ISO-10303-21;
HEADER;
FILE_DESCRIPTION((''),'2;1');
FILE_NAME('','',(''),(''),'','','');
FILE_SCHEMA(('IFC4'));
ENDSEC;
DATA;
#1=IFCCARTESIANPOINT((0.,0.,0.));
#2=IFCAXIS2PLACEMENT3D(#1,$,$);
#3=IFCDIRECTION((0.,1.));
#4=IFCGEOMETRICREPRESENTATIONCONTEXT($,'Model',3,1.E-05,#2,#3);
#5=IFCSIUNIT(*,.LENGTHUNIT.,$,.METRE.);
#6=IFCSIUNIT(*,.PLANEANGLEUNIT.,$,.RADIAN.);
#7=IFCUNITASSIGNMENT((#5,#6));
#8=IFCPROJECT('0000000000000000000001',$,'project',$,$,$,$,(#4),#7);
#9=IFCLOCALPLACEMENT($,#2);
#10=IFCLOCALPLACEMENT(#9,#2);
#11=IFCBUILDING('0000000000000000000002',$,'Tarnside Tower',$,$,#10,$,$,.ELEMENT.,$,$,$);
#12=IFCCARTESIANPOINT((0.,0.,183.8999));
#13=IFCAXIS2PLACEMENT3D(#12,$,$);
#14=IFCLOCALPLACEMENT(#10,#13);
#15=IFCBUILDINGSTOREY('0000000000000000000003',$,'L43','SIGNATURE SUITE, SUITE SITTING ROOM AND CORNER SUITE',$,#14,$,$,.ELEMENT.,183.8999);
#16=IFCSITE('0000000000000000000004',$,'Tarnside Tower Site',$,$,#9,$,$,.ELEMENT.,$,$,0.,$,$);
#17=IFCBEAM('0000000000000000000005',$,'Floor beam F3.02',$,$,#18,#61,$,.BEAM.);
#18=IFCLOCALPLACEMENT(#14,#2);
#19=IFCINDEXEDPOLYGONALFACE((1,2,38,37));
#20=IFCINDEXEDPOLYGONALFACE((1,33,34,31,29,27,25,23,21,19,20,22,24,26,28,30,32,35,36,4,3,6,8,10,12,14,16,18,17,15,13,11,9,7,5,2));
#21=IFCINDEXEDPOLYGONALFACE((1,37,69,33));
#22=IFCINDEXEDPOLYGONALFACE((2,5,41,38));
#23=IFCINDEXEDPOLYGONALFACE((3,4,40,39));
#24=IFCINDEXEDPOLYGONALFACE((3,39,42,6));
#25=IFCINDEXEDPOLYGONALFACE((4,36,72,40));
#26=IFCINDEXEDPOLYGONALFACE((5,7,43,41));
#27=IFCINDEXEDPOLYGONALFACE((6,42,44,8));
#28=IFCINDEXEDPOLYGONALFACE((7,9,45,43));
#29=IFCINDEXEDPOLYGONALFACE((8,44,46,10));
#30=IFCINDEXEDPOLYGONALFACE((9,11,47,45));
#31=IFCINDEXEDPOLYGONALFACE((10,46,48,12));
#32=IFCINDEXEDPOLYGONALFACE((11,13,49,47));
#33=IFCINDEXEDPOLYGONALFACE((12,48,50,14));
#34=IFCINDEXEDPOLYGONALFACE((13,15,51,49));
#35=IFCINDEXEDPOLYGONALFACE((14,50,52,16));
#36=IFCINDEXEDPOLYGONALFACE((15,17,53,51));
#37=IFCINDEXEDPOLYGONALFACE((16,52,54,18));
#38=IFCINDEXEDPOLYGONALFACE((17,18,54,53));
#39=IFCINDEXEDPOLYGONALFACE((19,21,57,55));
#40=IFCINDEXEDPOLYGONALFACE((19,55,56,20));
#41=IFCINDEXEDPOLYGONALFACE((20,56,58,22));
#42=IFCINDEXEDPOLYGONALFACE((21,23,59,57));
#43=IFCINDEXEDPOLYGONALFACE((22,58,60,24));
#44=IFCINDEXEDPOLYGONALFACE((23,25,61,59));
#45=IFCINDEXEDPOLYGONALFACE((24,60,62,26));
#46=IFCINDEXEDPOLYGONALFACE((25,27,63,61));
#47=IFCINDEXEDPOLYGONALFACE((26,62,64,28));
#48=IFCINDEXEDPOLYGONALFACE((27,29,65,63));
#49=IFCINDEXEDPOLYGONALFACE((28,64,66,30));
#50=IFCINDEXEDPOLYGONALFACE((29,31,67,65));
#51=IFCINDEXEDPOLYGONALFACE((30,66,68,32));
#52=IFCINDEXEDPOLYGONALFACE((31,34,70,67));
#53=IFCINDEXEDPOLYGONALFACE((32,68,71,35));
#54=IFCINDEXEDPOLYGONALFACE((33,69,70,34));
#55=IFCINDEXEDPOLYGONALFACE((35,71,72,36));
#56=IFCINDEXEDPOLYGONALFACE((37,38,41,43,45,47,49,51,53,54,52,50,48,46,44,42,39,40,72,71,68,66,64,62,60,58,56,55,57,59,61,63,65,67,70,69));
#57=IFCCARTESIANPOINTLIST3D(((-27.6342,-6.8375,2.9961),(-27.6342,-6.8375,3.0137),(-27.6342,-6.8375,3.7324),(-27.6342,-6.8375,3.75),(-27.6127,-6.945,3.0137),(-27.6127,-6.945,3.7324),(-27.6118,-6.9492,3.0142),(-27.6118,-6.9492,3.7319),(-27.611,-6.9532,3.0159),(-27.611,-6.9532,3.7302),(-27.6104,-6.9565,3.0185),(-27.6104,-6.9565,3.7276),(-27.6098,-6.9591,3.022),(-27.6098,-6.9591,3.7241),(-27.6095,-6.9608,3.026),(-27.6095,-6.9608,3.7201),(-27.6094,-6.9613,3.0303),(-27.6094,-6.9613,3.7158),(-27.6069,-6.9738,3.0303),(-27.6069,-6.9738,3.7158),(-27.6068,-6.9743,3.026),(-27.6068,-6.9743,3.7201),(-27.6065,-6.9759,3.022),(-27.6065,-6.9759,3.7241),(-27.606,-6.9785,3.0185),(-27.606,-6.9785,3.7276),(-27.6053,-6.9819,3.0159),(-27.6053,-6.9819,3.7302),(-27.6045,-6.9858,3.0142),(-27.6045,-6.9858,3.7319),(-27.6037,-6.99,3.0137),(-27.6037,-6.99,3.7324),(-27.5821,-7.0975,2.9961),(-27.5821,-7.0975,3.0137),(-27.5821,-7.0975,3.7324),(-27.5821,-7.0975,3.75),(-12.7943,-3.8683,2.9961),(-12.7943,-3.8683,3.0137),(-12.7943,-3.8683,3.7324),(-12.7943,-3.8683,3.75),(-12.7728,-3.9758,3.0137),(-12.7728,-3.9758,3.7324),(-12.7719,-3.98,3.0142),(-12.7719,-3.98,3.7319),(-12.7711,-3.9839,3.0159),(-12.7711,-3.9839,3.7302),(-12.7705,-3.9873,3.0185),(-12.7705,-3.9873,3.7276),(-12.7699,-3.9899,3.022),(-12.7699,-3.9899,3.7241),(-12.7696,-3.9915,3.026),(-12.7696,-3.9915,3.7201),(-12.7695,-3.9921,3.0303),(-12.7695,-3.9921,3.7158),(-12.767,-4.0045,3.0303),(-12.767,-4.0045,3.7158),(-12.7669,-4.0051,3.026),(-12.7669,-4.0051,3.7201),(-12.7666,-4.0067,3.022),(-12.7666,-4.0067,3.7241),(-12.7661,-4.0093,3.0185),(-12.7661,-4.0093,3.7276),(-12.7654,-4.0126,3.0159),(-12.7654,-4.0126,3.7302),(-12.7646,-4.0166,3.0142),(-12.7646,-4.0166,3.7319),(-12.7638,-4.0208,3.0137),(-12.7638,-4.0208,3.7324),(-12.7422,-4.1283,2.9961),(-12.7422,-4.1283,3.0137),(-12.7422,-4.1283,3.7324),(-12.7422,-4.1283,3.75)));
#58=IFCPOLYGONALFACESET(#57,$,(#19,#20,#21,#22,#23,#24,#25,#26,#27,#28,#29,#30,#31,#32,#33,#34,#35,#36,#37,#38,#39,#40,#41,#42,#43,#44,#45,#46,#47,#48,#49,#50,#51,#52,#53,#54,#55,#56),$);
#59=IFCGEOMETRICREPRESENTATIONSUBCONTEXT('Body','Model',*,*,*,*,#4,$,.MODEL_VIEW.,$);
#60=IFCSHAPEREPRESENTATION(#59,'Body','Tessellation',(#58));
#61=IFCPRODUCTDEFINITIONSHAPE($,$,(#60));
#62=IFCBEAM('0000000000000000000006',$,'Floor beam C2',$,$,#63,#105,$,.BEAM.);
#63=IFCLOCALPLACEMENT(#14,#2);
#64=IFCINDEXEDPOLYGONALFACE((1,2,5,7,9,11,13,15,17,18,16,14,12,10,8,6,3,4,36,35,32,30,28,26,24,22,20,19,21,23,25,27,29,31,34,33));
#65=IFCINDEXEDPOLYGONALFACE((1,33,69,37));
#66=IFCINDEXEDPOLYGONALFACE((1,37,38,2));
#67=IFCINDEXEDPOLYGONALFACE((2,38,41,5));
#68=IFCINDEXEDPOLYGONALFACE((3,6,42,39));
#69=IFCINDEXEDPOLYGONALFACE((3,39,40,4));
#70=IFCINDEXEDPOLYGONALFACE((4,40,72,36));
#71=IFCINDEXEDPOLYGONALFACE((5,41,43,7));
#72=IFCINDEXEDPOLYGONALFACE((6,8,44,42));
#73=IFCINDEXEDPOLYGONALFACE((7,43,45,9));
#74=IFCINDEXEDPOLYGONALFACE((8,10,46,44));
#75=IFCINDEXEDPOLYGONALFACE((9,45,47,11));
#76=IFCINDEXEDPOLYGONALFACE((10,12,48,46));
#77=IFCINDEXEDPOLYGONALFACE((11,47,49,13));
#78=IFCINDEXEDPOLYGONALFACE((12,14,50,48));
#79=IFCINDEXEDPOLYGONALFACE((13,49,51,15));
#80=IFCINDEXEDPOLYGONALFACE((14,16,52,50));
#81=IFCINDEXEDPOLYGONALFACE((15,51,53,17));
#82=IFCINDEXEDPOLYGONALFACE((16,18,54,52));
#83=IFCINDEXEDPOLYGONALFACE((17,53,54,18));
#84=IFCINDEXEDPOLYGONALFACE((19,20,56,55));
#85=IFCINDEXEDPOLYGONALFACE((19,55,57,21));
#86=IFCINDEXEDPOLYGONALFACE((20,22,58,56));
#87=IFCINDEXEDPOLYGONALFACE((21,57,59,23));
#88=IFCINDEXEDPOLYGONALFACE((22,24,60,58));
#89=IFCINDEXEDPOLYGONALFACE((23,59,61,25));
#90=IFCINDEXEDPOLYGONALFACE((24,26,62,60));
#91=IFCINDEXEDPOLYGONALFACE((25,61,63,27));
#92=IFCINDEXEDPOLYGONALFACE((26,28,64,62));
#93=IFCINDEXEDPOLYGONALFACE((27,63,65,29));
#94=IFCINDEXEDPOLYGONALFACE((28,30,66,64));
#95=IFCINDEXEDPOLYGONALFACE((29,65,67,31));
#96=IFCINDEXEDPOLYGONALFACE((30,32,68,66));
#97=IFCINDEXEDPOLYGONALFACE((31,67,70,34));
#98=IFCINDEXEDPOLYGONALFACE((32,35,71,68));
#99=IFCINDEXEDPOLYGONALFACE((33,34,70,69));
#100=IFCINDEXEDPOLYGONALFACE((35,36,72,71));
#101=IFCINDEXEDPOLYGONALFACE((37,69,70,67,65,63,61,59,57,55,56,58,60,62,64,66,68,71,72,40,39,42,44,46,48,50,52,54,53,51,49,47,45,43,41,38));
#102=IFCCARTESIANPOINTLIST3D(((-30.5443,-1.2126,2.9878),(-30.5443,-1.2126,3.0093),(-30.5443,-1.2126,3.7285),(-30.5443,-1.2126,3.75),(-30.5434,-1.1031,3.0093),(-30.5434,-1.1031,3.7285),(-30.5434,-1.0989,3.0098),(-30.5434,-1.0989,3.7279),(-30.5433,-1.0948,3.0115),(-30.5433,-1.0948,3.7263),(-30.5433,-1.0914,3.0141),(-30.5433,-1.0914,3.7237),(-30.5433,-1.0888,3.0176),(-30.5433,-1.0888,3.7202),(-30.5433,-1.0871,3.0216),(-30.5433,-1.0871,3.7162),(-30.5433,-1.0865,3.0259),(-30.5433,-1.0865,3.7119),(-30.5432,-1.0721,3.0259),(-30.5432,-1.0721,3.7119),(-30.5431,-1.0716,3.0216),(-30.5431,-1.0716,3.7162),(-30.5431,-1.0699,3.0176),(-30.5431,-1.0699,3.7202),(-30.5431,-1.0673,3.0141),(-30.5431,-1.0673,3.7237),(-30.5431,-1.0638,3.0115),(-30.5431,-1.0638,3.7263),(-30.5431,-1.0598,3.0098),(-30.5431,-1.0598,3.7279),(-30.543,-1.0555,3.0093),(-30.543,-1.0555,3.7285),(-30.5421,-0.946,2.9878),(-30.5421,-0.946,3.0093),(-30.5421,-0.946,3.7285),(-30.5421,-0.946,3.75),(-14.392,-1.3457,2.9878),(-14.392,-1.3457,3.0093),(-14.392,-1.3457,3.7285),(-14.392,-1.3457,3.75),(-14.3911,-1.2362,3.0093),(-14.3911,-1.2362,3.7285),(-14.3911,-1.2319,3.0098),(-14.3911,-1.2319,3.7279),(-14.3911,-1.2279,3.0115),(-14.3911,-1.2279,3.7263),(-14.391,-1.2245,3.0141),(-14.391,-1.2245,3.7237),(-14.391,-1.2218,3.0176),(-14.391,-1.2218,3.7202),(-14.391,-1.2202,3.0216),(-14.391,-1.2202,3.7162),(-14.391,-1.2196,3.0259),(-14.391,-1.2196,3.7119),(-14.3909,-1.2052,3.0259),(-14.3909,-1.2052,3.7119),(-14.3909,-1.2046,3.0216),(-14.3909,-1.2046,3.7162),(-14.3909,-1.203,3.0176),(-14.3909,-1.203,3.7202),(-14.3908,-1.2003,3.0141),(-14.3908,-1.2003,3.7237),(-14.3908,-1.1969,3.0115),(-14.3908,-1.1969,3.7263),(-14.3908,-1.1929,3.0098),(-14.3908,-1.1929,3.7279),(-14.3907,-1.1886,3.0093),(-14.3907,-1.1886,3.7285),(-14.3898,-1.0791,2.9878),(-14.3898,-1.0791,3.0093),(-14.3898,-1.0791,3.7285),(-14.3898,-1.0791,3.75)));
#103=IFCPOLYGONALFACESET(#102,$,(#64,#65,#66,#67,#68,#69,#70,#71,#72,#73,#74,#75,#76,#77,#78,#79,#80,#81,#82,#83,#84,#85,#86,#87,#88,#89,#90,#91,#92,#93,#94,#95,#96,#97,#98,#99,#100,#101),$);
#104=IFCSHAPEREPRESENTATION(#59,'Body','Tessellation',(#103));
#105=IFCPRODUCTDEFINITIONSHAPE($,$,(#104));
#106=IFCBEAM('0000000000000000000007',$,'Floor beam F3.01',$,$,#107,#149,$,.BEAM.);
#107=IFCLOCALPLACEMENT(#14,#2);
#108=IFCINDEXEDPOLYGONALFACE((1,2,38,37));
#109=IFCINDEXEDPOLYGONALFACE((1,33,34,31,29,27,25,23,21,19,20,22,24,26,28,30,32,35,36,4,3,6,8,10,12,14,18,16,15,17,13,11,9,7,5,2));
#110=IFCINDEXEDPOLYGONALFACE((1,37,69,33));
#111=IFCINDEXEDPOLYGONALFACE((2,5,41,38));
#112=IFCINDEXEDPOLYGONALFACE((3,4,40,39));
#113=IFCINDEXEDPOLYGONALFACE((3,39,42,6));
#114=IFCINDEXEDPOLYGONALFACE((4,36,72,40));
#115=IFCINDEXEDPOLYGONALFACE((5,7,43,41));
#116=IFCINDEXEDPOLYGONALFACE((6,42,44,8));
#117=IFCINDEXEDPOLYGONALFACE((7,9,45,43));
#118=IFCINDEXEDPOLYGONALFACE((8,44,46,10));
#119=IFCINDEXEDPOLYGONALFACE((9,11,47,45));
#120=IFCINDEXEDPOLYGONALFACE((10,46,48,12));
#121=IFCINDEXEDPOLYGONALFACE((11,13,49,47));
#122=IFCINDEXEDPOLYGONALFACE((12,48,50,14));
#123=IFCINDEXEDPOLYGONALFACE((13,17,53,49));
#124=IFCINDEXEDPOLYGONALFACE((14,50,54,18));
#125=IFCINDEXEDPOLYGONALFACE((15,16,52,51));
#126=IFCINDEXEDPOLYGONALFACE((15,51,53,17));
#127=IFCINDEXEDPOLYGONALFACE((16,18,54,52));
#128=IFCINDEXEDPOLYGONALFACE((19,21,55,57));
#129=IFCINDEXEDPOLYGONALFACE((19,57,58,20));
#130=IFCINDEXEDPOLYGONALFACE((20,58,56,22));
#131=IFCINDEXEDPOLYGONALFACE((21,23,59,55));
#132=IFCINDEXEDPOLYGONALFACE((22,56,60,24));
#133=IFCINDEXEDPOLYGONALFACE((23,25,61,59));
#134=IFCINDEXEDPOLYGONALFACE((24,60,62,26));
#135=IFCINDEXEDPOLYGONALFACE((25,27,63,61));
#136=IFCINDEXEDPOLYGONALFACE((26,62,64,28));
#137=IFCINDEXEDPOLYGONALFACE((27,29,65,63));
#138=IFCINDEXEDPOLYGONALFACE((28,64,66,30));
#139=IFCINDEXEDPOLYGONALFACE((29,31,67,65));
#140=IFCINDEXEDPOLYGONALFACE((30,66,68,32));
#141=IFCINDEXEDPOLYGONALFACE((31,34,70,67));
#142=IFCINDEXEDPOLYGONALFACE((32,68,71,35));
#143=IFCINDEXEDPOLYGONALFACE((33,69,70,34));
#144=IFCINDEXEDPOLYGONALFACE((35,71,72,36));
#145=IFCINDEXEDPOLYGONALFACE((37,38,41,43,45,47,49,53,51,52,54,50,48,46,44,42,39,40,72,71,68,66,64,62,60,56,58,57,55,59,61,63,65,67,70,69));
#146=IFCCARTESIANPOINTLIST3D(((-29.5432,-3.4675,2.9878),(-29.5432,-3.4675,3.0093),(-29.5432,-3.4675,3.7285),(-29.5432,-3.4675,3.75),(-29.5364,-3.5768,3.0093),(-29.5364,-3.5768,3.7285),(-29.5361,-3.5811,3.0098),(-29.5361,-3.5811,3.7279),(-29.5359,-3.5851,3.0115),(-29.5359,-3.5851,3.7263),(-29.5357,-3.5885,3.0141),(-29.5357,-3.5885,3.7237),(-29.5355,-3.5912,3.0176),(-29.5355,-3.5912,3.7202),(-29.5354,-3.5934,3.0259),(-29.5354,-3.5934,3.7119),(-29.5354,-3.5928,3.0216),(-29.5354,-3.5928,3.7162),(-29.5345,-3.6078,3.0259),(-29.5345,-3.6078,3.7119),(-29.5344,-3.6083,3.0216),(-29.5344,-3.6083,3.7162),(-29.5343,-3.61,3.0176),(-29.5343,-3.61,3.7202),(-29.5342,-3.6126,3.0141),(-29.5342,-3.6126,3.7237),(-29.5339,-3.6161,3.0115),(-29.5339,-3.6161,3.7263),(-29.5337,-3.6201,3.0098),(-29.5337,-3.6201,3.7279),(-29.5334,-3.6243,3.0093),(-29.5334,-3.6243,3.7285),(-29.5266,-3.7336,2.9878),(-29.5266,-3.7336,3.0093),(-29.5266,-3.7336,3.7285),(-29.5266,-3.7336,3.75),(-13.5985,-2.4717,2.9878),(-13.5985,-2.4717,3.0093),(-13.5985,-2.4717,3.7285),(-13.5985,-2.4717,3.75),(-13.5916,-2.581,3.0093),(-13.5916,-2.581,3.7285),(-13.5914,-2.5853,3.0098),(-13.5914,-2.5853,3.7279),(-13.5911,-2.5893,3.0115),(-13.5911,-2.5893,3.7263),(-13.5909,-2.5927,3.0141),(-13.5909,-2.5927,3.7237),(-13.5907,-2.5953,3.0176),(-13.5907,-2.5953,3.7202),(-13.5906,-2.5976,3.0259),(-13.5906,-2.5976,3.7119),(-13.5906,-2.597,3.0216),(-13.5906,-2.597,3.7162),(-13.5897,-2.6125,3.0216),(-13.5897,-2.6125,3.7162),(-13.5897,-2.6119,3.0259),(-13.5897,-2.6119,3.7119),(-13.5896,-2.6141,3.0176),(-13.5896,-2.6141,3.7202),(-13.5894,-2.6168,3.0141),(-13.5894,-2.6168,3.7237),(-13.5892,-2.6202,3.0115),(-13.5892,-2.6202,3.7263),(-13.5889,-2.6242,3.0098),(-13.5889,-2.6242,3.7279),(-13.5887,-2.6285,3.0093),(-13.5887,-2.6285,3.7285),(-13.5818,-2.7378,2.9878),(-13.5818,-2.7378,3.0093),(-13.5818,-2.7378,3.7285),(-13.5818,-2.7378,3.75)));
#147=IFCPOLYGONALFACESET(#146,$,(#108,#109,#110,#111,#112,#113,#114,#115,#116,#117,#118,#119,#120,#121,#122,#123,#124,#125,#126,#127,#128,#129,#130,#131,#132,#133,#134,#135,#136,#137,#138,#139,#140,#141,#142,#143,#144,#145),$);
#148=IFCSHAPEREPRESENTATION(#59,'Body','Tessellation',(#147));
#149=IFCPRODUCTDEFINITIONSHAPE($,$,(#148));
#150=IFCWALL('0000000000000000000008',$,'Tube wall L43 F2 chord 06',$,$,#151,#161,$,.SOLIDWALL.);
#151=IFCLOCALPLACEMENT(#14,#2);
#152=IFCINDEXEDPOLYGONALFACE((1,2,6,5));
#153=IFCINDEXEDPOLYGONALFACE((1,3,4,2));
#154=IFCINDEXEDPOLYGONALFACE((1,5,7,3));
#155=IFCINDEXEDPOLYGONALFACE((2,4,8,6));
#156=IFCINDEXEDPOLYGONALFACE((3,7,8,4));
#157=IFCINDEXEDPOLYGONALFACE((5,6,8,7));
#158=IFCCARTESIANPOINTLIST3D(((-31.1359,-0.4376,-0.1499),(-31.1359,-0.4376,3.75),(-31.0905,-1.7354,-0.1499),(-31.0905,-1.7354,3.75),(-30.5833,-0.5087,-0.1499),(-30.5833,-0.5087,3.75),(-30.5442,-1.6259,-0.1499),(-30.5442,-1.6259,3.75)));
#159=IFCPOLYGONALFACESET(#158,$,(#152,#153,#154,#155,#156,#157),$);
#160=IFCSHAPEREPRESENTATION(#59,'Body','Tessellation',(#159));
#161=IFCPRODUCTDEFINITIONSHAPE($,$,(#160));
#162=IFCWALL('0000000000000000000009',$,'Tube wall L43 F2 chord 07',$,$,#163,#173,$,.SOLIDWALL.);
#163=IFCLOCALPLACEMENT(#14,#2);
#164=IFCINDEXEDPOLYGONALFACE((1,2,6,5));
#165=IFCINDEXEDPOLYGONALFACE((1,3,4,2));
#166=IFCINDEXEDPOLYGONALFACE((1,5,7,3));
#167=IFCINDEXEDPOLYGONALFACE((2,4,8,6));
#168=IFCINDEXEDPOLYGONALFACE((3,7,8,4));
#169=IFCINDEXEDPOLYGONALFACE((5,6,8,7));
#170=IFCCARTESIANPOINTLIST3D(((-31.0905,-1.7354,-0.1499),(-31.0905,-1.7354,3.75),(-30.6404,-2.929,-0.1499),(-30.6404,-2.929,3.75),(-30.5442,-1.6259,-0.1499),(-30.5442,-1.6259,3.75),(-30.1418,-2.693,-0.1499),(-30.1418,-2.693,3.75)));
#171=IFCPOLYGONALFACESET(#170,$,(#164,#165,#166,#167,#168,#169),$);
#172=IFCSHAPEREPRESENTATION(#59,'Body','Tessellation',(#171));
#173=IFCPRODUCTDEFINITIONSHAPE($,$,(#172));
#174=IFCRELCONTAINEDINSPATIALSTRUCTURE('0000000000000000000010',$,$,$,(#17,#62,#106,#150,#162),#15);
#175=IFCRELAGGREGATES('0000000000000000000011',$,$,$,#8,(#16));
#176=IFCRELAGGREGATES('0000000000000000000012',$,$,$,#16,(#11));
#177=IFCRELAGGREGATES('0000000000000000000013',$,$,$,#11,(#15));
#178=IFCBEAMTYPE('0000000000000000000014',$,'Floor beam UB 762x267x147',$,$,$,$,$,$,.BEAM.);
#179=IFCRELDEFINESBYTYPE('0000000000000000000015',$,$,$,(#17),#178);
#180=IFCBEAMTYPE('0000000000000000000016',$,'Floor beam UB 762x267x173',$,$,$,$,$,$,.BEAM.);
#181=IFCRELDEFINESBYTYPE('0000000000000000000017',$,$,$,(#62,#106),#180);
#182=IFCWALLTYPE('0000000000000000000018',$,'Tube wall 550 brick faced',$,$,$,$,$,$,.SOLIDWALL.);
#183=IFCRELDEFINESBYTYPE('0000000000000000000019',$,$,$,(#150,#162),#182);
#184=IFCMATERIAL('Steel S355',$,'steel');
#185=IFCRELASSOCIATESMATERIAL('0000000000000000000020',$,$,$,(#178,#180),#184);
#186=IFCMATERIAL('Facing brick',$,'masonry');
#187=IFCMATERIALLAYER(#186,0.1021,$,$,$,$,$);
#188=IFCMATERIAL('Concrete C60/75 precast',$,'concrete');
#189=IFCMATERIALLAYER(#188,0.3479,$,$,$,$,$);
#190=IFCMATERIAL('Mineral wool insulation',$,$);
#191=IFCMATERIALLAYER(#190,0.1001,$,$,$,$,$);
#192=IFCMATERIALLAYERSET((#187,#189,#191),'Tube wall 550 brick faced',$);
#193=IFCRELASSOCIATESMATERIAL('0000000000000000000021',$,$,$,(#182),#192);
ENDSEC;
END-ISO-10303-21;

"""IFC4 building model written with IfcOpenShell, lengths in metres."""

from ifc_helpers import new_model, si_unit, direction, frame, origin, origin_2d, place, context, subcontext, project, spatial, polyline, i_section, outline, extrude, material, layer, layer_set, material_profile, profile_set, type_object, element, save


model = new_model("IFC4")

# Units and contexts
model_context = context("Model", 3, precision=1e-05, world=origin(), true_north=direction((0.0, 1.0)))
body_context = subcontext(model_context, "Body", "Model", "MODEL_VIEW")
ifc_project = project(units=[si_unit("LENGTHUNIT", "METRE"), si_unit("PLANEANGLEUNIT", "RADIAN")], contexts=[model_context])

# Site, building, storey
site_placement = place(None, origin())
site = spatial("IfcSite", under=ifc_project, at=site_placement, Name="Tarnside Tower Site", CompositionType="ELEMENT", RefElevation=0.0)
building_placement = place(site_placement, origin())
building = spatial("IfcBuilding", under=site, at=building_placement, Name="Tarnside Tower", CompositionType="ELEMENT")
storey_placement = place(building_placement, frame((0.0, 0.0, 183.8999)))
storey = spatial("IfcBuildingStorey", under=building, at=storey_placement, Name="L43", Description="SIGNATURE SUITE, SUITE SITTING ROOM AND CORNER SUITE", CompositionType="ELEMENT", Elevation=183.8999)

# Beams
ifc_material_1 = material(Name="Steel S355", Category="steel")
ifc_material_profile_1 = material_profile(ifc_material_1, i_section(OverallWidth=0.2651, OverallDepth=0.7539, WebThickness=0.0127, FlangeThickness=0.0176, FilletRadius=0.0166, at=origin_2d()), Name="UB 762x267x147")
ifc_profile_set_1 = profile_set([ifc_material_profile_1], Name="Steel S355")
beam_type_1 = type_object("IfcBeamType", Name="Floor beam UB 762x267x147", PredefinedType="BEAM", material=ifc_profile_set_1)
beam_1_placement = place(storey_placement, frame((-27.6082, -6.9675, 3.373), z_axis=(0.980565, 0.196197, 0.0), x_axis=(-0.196197, 0.980565, 0.0)))
element("IfcBeam", 1, at=beam_1_placement, inside=storey, type_object=beam_type_1, Name="Floor beam F3.02", PredefinedType="BEAM", context=body_context, shape_type="SweptSolid", body=[
    extrude(i_section(OverallWidth=0.2651, OverallDepth=0.7539, WebThickness=0.0127, FlangeThickness=0.0176, FilletRadius=0.0166, at=origin_2d()), origin(), (0.0, 0.0, 1.0), 15.134),
])
ifc_material_profile_2 = material_profile(ifc_material_1, i_section(OverallWidth=0.2666, OverallDepth=0.7622, WebThickness=0.0144, FlangeThickness=0.0215, FilletRadius=0.0166, at=origin_2d()), Name="UB 762x267x173")
ifc_profile_set_2 = profile_set([ifc_material_profile_2], Name="Steel S355")
beam_type_2 = type_object("IfcBeamType", Name="Floor beam UB 762x267x173", PredefinedType="BEAM", material=ifc_profile_set_2)
beam_2_placement = place(storey_placement, frame((-30.5432, -1.0793, 3.3689), z_axis=(0.999966, -0.008237, 0.0), x_axis=(0.008237, 0.999966, 0.0)))
element("IfcBeam", 2, at=beam_2_placement, inside=storey, type_object=beam_type_2, Name="Floor beam C2", PredefinedType="BEAM", context=body_context, shape_type="SweptSolid", body=[
    extrude(i_section(OverallWidth=0.2666, OverallDepth=0.7622, WebThickness=0.0144, FlangeThickness=0.0215, FilletRadius=0.0166, at=origin_2d()), origin(), (0.0, 0.0, 1.0), 16.1528),
])
beam_3_placement = place(storey_placement, frame((-29.5349, -3.6006, 3.3689), z_axis=(0.998055, 0.062335, 0.0), x_axis=(-0.062335, 0.998055, 0.0)))
element("IfcBeam", 3, at=beam_3_placement, inside=storey, type_object=beam_type_2, Name="Floor beam F3.01", PredefinedType="BEAM", context=body_context, shape_type="SweptSolid", body=[
    extrude(i_section(OverallWidth=0.2666, OverallDepth=0.7622, WebThickness=0.0144, FlangeThickness=0.0215, FilletRadius=0.0166, at=origin_2d()), origin(), (0.0, 0.0, 1.0), 15.9758),
])

# Walls
ifc_material_2 = material(Name="Facing brick", Category="masonry")
ifc_layer_1 = layer(ifc_material_2, 0.1021)
ifc_material_3 = material(Name="Concrete C60/75 precast", Category="concrete")
ifc_layer_2 = layer(ifc_material_3, 0.3479)
ifc_material_4 = material(Name="Mineral wool insulation")
ifc_layer_3 = layer(ifc_material_4, 0.1001)
ifc_layer_set_1 = layer_set([ifc_layer_1, ifc_layer_2, ifc_layer_3], Name="Tube wall 550 brick faced")
wall_type = type_object("IfcWallType", Name="Tube wall 550 brick faced", PredefinedType="SOLIDWALL", material=ifc_layer_set_1)
wall_1_placement = place(storey_placement, frame((-30.8596, -0.4731, -0.1499), z_axis=(0.0, 0.0, 1.0), x_axis=(0.034956, -0.999389, 0.0)))
element("IfcWall", 4, at=wall_1_placement, inside=storey, type_object=wall_type, Name="Tube wall L43 F2 chord 06", PredefinedType="SOLIDWALL", context=body_context, shape_type="SweptSolid", body=[
    extrude(outline(polyline([(-0.0452, -0.2749), (1.2534, -0.2749), (1.1631, 0.2749), (0.0452, 0.2749), (-0.0452, -0.2749)])), origin(), (0.0, 0.0, 1.0), 3.8999),
])
wall_2_placement = place(storey_placement, frame((-30.8174, -1.6807, -0.1499), z_axis=(0.0, 0.0, 1.0), x_axis=(0.35285, -0.93568, 0.0)))
element("IfcWall", 5, at=wall_2_placement, inside=storey, type_object=wall_type, Name="Tube wall L43 F2 chord 07", PredefinedType="SOLIDWALL", context=body_context, shape_type="SweptSolid", body=[
    extrude(outline(polyline([(-0.0452, -0.2749), (1.2305, -0.2749), (1.1855, 0.2749), (0.0452, 0.2749), (-0.0452, -0.2749)])), origin(), (0.0, 0.0, 1.0), 3.8999),
])

save(model, "model.ifc")
